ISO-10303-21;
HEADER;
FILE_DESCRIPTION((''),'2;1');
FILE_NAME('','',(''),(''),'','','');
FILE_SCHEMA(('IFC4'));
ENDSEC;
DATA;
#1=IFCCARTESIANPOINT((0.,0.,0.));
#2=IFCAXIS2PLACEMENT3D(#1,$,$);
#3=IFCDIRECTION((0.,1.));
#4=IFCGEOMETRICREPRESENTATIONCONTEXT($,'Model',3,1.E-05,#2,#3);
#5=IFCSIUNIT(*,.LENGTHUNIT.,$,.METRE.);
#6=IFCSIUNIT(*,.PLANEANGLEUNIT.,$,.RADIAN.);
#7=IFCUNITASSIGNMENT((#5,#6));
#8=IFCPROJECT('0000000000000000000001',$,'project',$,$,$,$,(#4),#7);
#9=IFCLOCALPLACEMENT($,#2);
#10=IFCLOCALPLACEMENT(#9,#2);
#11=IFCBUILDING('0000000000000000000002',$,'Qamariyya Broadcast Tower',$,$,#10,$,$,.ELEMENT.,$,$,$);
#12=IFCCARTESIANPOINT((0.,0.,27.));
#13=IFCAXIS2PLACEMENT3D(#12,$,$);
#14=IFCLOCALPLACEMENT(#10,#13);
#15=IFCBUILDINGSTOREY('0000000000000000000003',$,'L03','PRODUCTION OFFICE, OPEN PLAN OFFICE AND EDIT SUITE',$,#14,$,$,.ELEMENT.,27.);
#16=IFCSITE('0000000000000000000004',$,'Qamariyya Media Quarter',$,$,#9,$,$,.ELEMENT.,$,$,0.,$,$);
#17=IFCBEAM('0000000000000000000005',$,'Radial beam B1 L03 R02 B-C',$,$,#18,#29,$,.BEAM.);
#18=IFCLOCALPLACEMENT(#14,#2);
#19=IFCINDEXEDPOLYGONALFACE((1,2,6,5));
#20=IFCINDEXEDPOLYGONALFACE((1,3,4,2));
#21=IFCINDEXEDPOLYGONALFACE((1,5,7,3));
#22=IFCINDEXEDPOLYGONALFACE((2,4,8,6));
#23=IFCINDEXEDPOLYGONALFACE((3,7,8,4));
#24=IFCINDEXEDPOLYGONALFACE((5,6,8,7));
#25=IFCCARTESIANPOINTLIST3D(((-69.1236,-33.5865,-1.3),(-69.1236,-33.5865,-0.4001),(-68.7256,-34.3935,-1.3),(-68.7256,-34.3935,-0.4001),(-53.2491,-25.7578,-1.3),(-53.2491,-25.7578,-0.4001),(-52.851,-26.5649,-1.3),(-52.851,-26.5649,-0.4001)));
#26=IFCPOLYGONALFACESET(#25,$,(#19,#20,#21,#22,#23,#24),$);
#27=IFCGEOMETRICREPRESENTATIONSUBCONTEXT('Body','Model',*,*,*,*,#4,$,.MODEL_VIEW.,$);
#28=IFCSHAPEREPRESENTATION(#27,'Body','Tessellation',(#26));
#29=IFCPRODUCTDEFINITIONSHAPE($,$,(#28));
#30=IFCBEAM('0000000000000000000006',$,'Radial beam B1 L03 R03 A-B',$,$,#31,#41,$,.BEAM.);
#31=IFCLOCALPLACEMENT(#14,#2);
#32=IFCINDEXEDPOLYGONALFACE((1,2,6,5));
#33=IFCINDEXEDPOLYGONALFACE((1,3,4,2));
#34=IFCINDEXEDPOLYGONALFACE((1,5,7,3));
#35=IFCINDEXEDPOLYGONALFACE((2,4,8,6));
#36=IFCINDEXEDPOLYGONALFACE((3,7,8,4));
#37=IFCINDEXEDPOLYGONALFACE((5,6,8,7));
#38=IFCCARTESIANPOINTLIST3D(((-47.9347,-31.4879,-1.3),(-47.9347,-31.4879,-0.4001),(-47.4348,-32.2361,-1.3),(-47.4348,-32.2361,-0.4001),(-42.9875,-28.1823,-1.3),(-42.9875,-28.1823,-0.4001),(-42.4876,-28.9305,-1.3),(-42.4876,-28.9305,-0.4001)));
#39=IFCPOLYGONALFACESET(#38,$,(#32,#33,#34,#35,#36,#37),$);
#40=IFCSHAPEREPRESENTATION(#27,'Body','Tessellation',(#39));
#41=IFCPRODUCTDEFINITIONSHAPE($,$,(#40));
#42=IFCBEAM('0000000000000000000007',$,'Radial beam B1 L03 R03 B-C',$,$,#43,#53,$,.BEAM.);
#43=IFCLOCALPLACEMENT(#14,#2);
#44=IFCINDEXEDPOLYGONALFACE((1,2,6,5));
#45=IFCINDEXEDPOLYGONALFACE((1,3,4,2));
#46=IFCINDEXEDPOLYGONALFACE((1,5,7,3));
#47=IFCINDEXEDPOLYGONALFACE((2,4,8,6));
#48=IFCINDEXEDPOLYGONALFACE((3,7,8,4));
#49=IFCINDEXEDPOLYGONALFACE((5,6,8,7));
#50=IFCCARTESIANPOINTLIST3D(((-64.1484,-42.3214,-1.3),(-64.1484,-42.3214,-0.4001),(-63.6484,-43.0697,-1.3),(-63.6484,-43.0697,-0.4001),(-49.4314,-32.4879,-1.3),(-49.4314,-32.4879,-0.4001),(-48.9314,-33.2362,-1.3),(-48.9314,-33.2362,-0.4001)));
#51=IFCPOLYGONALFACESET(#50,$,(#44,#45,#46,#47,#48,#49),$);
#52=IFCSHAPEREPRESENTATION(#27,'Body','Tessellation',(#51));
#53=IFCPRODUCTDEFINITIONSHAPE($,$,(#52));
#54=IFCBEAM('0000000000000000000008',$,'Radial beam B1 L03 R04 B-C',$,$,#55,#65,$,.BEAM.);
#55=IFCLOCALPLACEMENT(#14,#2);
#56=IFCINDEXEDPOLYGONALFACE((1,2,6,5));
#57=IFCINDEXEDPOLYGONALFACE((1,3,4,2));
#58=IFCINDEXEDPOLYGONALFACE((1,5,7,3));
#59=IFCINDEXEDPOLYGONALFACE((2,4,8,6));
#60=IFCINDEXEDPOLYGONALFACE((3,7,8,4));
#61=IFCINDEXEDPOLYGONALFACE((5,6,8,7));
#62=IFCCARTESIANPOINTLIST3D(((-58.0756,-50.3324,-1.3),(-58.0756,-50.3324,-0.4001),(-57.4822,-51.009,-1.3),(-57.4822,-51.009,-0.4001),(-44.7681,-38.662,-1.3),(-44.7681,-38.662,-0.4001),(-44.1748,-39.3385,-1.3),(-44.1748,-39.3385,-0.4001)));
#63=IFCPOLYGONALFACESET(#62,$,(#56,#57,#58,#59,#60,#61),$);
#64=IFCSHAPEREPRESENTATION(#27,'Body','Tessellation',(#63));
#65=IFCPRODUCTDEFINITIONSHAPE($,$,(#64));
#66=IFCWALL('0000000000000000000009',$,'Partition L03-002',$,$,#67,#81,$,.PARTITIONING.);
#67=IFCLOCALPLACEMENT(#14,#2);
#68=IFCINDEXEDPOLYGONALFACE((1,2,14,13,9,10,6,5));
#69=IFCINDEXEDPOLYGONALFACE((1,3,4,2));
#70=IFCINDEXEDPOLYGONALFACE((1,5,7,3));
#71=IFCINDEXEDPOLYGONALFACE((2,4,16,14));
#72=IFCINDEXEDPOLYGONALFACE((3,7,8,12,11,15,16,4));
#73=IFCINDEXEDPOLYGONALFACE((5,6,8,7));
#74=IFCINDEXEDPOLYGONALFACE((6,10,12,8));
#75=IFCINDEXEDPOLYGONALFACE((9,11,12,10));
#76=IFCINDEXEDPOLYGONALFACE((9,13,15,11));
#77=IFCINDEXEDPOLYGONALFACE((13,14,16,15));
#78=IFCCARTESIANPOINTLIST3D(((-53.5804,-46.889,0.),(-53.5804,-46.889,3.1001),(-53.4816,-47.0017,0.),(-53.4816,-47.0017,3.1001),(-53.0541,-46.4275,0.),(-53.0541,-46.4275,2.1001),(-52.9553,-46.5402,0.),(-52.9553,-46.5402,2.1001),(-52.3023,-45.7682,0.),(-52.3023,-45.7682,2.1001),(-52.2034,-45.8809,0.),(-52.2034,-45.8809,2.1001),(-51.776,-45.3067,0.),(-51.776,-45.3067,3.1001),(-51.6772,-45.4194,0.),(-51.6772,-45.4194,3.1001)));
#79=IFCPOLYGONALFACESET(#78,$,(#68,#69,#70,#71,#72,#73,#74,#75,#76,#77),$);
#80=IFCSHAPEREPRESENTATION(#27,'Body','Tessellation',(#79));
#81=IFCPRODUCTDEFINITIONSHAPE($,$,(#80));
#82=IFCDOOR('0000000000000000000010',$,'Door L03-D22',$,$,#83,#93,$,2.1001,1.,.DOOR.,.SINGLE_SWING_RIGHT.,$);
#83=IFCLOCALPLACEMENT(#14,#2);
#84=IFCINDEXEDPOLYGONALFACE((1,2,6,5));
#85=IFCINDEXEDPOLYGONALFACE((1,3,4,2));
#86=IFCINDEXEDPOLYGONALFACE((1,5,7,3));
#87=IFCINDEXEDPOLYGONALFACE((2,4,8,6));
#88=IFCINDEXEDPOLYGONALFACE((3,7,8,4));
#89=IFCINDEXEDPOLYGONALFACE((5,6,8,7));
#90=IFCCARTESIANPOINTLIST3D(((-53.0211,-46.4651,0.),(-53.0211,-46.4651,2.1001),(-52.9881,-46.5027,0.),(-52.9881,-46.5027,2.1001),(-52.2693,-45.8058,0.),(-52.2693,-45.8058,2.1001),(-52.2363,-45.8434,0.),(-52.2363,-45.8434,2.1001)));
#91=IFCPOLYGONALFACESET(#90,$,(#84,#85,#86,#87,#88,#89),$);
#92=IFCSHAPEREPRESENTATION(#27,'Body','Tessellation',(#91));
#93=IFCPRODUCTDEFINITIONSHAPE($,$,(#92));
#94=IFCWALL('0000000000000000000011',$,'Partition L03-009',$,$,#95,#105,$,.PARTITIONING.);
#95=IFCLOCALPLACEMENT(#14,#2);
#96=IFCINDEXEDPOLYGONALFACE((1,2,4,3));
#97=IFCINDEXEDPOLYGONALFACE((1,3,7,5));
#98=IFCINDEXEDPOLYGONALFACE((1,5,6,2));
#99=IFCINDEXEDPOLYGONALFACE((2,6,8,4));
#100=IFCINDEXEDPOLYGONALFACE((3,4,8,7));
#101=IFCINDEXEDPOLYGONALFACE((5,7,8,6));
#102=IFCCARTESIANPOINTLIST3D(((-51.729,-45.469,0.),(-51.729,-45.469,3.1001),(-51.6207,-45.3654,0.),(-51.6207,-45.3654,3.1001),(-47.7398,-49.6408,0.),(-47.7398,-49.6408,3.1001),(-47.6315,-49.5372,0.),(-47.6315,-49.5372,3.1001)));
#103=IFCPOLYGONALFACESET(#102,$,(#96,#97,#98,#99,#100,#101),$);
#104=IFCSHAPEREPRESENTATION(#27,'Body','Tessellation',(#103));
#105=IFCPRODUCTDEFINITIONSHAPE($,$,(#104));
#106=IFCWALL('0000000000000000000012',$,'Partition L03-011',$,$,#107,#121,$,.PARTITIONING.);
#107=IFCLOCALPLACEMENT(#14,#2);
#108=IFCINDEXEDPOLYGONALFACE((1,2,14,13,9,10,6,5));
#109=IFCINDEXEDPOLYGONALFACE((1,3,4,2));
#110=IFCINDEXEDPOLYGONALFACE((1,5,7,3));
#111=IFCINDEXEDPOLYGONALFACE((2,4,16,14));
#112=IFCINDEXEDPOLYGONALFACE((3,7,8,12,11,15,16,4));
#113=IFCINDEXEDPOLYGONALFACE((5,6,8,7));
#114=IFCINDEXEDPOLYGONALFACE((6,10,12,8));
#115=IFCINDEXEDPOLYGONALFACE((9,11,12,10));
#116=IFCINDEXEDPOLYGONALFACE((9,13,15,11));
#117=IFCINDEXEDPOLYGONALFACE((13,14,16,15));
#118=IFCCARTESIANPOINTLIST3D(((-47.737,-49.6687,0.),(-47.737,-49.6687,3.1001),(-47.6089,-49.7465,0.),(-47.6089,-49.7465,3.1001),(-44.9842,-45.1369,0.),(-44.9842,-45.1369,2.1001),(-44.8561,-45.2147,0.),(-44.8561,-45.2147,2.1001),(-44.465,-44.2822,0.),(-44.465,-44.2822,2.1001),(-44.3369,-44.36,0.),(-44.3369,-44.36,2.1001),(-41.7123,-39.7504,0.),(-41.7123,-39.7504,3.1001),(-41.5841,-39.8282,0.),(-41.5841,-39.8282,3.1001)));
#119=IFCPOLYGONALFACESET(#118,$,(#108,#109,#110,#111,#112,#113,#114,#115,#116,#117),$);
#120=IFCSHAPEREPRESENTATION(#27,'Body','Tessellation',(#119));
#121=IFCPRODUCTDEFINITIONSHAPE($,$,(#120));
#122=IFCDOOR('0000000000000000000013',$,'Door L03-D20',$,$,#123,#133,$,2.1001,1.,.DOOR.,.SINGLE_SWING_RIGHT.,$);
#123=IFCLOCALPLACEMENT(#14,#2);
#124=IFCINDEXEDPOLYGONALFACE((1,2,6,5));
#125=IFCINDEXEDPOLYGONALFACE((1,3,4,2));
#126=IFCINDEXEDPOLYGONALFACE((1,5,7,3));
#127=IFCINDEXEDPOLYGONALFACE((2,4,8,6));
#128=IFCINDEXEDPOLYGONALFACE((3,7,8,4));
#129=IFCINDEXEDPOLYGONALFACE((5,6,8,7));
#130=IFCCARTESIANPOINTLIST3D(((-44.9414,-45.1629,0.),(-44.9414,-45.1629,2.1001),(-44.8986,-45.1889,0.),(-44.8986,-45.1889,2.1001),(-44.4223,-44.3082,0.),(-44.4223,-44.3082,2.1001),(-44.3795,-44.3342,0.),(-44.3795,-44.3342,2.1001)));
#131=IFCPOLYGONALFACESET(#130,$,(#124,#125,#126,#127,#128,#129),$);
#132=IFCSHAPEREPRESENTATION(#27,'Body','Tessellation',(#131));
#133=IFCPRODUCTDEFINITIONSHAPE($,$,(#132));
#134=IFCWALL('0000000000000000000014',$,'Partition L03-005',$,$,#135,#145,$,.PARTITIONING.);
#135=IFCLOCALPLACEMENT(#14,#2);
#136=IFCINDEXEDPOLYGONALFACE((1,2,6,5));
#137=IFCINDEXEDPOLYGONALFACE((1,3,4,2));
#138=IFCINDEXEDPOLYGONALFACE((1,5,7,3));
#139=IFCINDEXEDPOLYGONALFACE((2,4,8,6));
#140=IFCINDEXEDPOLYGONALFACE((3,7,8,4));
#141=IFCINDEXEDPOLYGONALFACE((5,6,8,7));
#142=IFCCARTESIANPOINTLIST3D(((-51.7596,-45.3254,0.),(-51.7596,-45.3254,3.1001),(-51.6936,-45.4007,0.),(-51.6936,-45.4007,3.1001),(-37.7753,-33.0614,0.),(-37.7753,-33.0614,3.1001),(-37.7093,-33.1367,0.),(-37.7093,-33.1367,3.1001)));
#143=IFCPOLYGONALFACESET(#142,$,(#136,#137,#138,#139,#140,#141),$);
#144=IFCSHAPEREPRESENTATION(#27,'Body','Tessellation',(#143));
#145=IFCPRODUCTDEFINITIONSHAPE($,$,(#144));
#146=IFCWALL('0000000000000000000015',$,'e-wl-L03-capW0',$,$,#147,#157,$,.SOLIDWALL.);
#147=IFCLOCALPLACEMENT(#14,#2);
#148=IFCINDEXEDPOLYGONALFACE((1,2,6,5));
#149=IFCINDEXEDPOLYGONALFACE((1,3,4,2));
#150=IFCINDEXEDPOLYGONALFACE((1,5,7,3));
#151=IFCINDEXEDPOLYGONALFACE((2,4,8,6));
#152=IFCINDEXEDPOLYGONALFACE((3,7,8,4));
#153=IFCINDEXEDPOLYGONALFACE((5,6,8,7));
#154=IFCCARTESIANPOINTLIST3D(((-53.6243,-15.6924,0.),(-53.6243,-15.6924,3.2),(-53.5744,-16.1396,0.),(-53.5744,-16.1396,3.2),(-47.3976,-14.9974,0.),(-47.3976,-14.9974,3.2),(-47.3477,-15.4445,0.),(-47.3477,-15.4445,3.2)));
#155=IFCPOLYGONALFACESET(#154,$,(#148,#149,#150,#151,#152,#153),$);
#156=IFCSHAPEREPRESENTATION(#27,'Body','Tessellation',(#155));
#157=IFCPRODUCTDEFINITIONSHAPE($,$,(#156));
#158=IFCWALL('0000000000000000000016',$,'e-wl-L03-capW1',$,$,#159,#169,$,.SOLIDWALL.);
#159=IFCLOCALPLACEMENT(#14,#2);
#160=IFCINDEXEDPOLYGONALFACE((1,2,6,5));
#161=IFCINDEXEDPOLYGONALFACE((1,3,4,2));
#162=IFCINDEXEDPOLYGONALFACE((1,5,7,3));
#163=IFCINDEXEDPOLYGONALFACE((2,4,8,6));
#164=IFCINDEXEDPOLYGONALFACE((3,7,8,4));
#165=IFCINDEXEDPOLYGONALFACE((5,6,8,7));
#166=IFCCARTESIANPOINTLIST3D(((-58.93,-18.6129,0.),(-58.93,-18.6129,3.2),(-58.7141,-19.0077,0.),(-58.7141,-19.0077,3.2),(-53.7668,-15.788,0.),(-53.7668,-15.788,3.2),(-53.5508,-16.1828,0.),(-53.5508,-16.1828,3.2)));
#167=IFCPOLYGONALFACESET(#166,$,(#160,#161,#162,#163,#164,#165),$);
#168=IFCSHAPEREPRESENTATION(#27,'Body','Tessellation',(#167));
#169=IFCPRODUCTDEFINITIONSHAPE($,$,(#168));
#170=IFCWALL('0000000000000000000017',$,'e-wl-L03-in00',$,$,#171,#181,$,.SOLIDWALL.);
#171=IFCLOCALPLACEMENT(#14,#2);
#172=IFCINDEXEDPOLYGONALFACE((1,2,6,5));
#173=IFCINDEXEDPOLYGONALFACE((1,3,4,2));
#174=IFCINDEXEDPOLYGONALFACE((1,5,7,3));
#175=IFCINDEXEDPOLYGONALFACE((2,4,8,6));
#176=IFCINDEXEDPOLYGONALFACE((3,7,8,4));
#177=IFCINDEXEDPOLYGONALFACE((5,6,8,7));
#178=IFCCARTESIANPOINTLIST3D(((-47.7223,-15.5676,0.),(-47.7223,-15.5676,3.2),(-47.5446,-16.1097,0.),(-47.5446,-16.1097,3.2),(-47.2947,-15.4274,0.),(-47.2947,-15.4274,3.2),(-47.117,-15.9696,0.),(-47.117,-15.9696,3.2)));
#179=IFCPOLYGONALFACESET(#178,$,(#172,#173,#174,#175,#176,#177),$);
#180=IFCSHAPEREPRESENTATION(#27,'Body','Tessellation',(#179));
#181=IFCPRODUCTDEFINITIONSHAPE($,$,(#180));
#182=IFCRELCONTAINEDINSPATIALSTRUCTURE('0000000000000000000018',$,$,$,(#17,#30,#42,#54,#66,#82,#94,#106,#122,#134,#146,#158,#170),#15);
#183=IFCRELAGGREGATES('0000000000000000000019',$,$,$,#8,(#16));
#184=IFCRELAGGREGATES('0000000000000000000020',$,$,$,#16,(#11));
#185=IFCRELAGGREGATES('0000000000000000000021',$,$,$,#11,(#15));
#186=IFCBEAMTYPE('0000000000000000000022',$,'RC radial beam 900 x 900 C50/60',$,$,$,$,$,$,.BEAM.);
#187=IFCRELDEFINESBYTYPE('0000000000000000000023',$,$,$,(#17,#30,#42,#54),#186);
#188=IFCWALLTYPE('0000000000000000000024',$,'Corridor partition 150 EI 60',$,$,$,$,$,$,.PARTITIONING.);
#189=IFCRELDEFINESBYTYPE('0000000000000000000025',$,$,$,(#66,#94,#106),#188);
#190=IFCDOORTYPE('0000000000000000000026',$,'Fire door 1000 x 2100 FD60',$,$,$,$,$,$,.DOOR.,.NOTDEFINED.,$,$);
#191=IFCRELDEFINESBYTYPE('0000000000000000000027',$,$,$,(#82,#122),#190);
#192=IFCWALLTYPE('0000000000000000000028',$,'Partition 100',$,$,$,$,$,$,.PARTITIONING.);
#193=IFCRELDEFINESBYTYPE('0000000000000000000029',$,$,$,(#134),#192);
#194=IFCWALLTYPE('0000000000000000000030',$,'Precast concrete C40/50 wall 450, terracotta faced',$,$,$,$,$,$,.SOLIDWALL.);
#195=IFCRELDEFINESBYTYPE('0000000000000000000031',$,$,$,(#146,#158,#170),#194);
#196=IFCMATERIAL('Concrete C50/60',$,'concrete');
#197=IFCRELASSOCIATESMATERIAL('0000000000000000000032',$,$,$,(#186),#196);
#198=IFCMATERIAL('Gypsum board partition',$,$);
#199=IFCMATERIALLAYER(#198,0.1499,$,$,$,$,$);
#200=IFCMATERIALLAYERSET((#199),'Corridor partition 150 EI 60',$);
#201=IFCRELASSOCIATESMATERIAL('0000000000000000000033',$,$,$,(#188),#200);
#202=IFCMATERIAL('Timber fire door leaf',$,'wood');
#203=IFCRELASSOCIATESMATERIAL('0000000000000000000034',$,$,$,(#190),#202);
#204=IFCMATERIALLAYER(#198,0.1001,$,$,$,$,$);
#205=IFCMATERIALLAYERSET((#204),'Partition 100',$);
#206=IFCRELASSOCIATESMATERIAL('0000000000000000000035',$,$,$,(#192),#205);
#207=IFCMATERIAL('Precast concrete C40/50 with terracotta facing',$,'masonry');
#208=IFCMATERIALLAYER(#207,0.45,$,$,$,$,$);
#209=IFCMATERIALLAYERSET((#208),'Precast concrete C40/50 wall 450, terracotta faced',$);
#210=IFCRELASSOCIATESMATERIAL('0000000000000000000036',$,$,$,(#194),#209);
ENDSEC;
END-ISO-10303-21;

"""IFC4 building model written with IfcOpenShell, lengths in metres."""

from ifc_helpers import new_model, si_unit, direction, frame, frame_2d, origin, origin_2d, place, context, subcontext, project, spatial, rectangle, extrude, material, layer, layer_set, material_profile, profile_set, type_object, element, fill, save


model = new_model("IFC4")

# Units and contexts
model_context = context("Model", 3, precision=1e-05, world=origin(), true_north=direction((0.0, 1.0)))
body_context = subcontext(model_context, "Body", "Model", "MODEL_VIEW")
ifc_project = project(units=[si_unit("LENGTHUNIT", "METRE"), si_unit("PLANEANGLEUNIT", "RADIAN")], contexts=[model_context])

# Site, building, storey
site_placement = place(None, origin())
site = spatial("IfcSite", under=ifc_project, at=site_placement, Name="Qamariyya Media Quarter", CompositionType="ELEMENT", RefElevation=0.0)
building_placement = place(site_placement, origin())
building = spatial("IfcBuilding", under=site, at=building_placement, Name="Qamariyya Broadcast Tower", CompositionType="ELEMENT")
storey_placement = place(building_placement, frame((0.0, 0.0, 27.0)))
storey = spatial("IfcBuildingStorey", under=building, at=storey_placement, Name="L03", Description="PRODUCTION OFFICE, OPEN PLAN OFFICE AND EDIT SUITE", CompositionType="ELEMENT", Elevation=27.0)

# Beams
ifc_material_1 = material(Name="Concrete C50/60", Category="concrete")
ifc_material_profile_1 = material_profile(ifc_material_1, rectangle(XDim=0.8999, YDim=0.8999, at=origin_2d()))
ifc_profile_set_1 = profile_set([ifc_material_profile_1], Name="Concrete C50/60")
beam_type_1 = type_object("IfcBeamType", Name="RC radial beam 900 x 900 C50/60", PredefinedType="BEAM", material=ifc_profile_set_1)
beam_1_placement = place(storey_placement, frame((-53.05, -26.1614, -0.8501), z_axis=(-0.896869, -0.442296, 0.0), x_axis=(0.442296, -0.896869, 0.0)))
element("IfcBeam", 1, at=beam_1_placement, inside=storey, type_object=beam_type_1, Name="Radial beam B1 L03 R02 B-C", PredefinedType="BEAM", context=body_context, shape_type="SweptSolid", body=[
    extrude(rectangle(XDim=0.8999, YDim=0.8999, at=origin_2d()), origin(), (0.0, 0.0, 1.0), 17.7),
])
beam_2_placement = place(storey_placement, frame((-42.7375, -28.5564, -0.8501), z_axis=(-0.831469, -0.555571, 0.0), x_axis=(0.555571, -0.831469, 0.0)))
element("IfcBeam", 2, at=beam_2_placement, inside=storey, type_object=beam_type_1, Name="Radial beam B1 L03 R03 A-B", PredefinedType="BEAM", context=body_context, shape_type="SweptSolid", body=[
    extrude(rectangle(XDim=0.8999, YDim=0.8999, at=origin_2d()), origin(), (0.0, 0.0, 1.0), 5.95),
])
for number, where, z_axis, x_axis, name in (
    (3, (-49.1814, -32.8621, -0.8501), (-0.831473, -0.555566, 0.0), (0.555566, -0.831473, 0.0), "Radial beam B1 L03 R03 B-C"),
    (4, (-44.4714, -39.0002, -0.8501), (-0.751835, -0.659351, 0.0), (0.659351, -0.751835, 0.0), "Radial beam B1 L03 R04 B-C"),
):
    element("IfcBeam", number, at=place(storey_placement, frame(where, z_axis=z_axis, x_axis=x_axis)), inside=storey, type_object=beam_type_1, Name=name, PredefinedType="BEAM", context=body_context, shape_type="SweptSolid", body=[
        extrude(rectangle(XDim=0.8999, YDim=0.8999, at=origin_2d()), origin(), (0.0, 0.0, 1.0), 17.7),
    ])

# Wall, opening, door
ifc_material_2 = material(Name="Gypsum board partition")
ifc_layer_1 = layer(ifc_material_2, 0.1499)
ifc_layer_set_1 = layer_set([ifc_layer_1], Name="Corridor partition 150 EI 60")
wall_type_1 = type_object("IfcWallType", Name="Corridor partition 150 EI 60", PredefinedType="PARTITIONING", material=ifc_layer_set_1)
wall_1_placement = place(storey_placement, frame((-53.531, -46.9453, 0.0), z_axis=(0.0, 0.0, 1.0), x_axis=(0.751877, 0.659304, 0.0)))
wall_1 = element("IfcWall", 5, at=wall_1_placement, inside=storey, type_object=wall_type_1, Name="Partition L03-002", PredefinedType="PARTITIONING", context=body_context, shape_type="SweptSolid", body=[
    extrude(rectangle(XDim=2.3999, YDim=0.1499, at=frame_2d((1.2, 0.0))), origin(), (0.0, 0.0, 1.0), 3.1001),
])
opening_1_placement = place(wall_1_placement, frame((0.7, 0.0, 0.0)))
opening_1 = element("IfcOpeningElement", 6, at=opening_1_placement, cuts=wall_1, PredefinedType="OPENING", context=body_context, shape_type="SweptSolid", body=[
    extrude(rectangle(XDim=1.0, YDim=2.1001, at=frame_2d((0.5, 1.05))), frame((0.0, 0.085, 0.0), z_axis=(0.0, -1.0, 0.0), x_axis=(1.0, 0.0, 0.0)), (0.0, 0.0, 1.0), 0.1699),
])
ifc_material_3 = material(Name="Timber fire door leaf", Category="wood")
door_type = type_object("IfcDoorType", Name="Fire door 1000 x 2100 FD60", OperationType="NOTDEFINED", PredefinedType="DOOR", material=ifc_material_3)
door_1_placement = place(opening_1_placement, origin())
door_1 = element("IfcDoor", 7, at=door_1_placement, inside=storey, type_object=door_type, Name="Door L03-D22", OperationType="SINGLE_SWING_RIGHT", OverallHeight=2.1001, OverallWidth=1.0, PredefinedType="DOOR", context=body_context, shape_type="SweptSolid", body=[
    extrude(rectangle(XDim=1.0, YDim=2.1001, at=frame_2d((0.5, 1.05))), frame((0.0, 0.0249, 0.0), z_axis=(0.0, -1.0, 0.0), x_axis=(1.0, 0.0, 0.0)), (0.0, 0.0, 1.0), 0.05),
])
fill(opening_1, door_1)

# Wall
wall_2_placement = place(storey_placement, frame((-47.6855, -49.5891, 0.0), z_axis=(0.0, 0.0, 1.0), x_axis=(-0.691111, 0.722748, 0.0)))
element("IfcWall", 8, at=wall_2_placement, inside=storey, type_object=wall_type_1, Name="Partition L03-009", PredefinedType="PARTITIONING", context=body_context, shape_type="SweptSolid", body=[
    extrude(rectangle(XDim=5.7722, YDim=0.1499, at=frame_2d((2.8862, 0.0))), origin(), (0.0, 0.0, 1.0), 3.1001),
])

# Wall, opening, door
wall_3_placement = place(storey_placement, frame((-47.6729, -49.7075, 0.0), z_axis=(0.0, 0.0, 1.0), x_axis=(0.51916, 0.854677, 0.0)))
wall_3 = element("IfcWall", 9, at=wall_3_placement, inside=storey, type_object=wall_type_1, Name="Partition L03-011", PredefinedType="PARTITIONING", context=body_context, shape_type="SweptSolid", body=[
    extrude(rectangle(XDim=11.6047, YDim=0.1499, at=frame_2d((5.8022, 0.0))), origin(), (0.0, 0.0, 1.0), 3.1001),
])
opening_2_placement = place(wall_3_placement, frame((5.3022, 0.0, 0.0)))
opening_2 = element("IfcOpeningElement", 10, at=opening_2_placement, cuts=wall_3, PredefinedType="OPENING", context=body_context, shape_type="SweptSolid", body=[
    extrude(rectangle(XDim=1.0, YDim=2.1001, at=frame_2d((0.5, 1.05))), frame((0.0, 0.085, 0.0), z_axis=(0.0, -1.0, 0.0), x_axis=(1.0, 0.0, 0.0)), (0.0, 0.0, 1.0), 0.1699),
])
door_2_placement = place(opening_2_placement, origin())
door_2 = element("IfcDoor", 11, at=door_2_placement, inside=storey, type_object=door_type, Name="Door L03-D20", OperationType="SINGLE_SWING_RIGHT", OverallHeight=2.1001, OverallWidth=1.0, PredefinedType="DOOR", context=body_context, shape_type="SweptSolid", body=[
    extrude(rectangle(XDim=1.0, YDim=2.1001, at=frame_2d((0.5, 1.05))), frame((0.0, 0.0249, 0.0), z_axis=(0.0, -1.0, 0.0), x_axis=(1.0, 0.0, 0.0)), (0.0, 0.0, 1.0), 0.05),
])
fill(opening_2, door_2)

# Walls
ifc_layer_2 = layer(ifc_material_2, 0.1001)
ifc_layer_set_2 = layer_set([ifc_layer_2], Name="Partition 100")
wall_type_2 = type_object("IfcWallType", Name="Partition 100", PredefinedType="PARTITIONING", material=ifc_layer_set_2)
wall_4_placement = place(storey_placement, frame((-51.7266, -45.363, 0.0), z_axis=(0.0, 0.0, 1.0), x_axis=(0.751835, 0.659351, 0.0)))
element("IfcWall", 12, at=wall_4_placement, inside=storey, type_object=wall_type_2, Name="Partition L03-005", PredefinedType="PARTITIONING", context=body_context, shape_type="SweptSolid", body=[
    extrude(rectangle(XDim=18.6001, YDim=0.1001, at=frame_2d((9.3, 0.0))), origin(), (0.0, 0.0, 1.0), 3.1001),
])
ifc_material_4 = material(Name="Precast concrete C40/50 with terracotta facing", Category="masonry")
ifc_layer_3 = layer(ifc_material_4, 0.45)
ifc_layer_set_3 = layer_set([ifc_layer_3], Name="Precast concrete C40/50 wall 450, terracotta faced")
wall_type_3 = type_object("IfcWallType", Name="Precast concrete C40/50 wall 450, terracotta faced", PredefinedType="SOLIDWALL", material=ifc_layer_set_3)
wall_5_placement = place(storey_placement, frame((-47.3726, -15.2209, 0.0), z_axis=(0.0, 0.0, 1.0), x_axis=(-0.993828, -0.110936, 0.0)))
element("IfcWall", 13, at=wall_5_placement, inside=storey, type_object=wall_type_3, Name="e-wl-L03-capW0", PredefinedType="SOLIDWALL", context=body_context, shape_type="SweptSolid", body=[
    extrude(rectangle(XDim=6.2654, YDim=0.45, at=frame_2d((3.1328, 0.0))), origin(), (0.0, 0.0, 1.0), 3.2),
])
wall_6_placement = place(storey_placement, frame((-53.6587, -15.9854, 0.0), z_axis=(0.0, 0.0, 1.0), x_axis=(-0.877281, -0.479976, 0.0)))
element("IfcWall", 14, at=wall_6_placement, inside=storey, type_object=wall_type_3, Name="e-wl-L03-capW1", PredefinedType="SOLIDWALL", context=body_context, shape_type="SweptSolid", body=[
    extrude(rectangle(XDim=5.8855, YDim=0.45, at=frame_2d((2.9429, 0.0))), origin(), (0.0, 0.0, 1.0), 3.2),
])
wall_7_placement = place(storey_placement, frame((-47.3308, -16.0396, 0.0), z_axis=(0.0, 0.0, 1.0), x_axis=(-0.311475, 0.950254, 0.0)))
element("IfcWall", 15, at=wall_7_placement, inside=storey, type_object=wall_type_3, Name="e-wl-L03-in00", PredefinedType="SOLIDWALL", context=body_context, shape_type="SweptSolid", body=[
    extrude(rectangle(XDim=0.5706, YDim=0.45, at=frame_2d((0.2852, 0.0))), origin(), (0.0, 0.0, 1.0), 3.2),
])

save(model, "model.ifc")
